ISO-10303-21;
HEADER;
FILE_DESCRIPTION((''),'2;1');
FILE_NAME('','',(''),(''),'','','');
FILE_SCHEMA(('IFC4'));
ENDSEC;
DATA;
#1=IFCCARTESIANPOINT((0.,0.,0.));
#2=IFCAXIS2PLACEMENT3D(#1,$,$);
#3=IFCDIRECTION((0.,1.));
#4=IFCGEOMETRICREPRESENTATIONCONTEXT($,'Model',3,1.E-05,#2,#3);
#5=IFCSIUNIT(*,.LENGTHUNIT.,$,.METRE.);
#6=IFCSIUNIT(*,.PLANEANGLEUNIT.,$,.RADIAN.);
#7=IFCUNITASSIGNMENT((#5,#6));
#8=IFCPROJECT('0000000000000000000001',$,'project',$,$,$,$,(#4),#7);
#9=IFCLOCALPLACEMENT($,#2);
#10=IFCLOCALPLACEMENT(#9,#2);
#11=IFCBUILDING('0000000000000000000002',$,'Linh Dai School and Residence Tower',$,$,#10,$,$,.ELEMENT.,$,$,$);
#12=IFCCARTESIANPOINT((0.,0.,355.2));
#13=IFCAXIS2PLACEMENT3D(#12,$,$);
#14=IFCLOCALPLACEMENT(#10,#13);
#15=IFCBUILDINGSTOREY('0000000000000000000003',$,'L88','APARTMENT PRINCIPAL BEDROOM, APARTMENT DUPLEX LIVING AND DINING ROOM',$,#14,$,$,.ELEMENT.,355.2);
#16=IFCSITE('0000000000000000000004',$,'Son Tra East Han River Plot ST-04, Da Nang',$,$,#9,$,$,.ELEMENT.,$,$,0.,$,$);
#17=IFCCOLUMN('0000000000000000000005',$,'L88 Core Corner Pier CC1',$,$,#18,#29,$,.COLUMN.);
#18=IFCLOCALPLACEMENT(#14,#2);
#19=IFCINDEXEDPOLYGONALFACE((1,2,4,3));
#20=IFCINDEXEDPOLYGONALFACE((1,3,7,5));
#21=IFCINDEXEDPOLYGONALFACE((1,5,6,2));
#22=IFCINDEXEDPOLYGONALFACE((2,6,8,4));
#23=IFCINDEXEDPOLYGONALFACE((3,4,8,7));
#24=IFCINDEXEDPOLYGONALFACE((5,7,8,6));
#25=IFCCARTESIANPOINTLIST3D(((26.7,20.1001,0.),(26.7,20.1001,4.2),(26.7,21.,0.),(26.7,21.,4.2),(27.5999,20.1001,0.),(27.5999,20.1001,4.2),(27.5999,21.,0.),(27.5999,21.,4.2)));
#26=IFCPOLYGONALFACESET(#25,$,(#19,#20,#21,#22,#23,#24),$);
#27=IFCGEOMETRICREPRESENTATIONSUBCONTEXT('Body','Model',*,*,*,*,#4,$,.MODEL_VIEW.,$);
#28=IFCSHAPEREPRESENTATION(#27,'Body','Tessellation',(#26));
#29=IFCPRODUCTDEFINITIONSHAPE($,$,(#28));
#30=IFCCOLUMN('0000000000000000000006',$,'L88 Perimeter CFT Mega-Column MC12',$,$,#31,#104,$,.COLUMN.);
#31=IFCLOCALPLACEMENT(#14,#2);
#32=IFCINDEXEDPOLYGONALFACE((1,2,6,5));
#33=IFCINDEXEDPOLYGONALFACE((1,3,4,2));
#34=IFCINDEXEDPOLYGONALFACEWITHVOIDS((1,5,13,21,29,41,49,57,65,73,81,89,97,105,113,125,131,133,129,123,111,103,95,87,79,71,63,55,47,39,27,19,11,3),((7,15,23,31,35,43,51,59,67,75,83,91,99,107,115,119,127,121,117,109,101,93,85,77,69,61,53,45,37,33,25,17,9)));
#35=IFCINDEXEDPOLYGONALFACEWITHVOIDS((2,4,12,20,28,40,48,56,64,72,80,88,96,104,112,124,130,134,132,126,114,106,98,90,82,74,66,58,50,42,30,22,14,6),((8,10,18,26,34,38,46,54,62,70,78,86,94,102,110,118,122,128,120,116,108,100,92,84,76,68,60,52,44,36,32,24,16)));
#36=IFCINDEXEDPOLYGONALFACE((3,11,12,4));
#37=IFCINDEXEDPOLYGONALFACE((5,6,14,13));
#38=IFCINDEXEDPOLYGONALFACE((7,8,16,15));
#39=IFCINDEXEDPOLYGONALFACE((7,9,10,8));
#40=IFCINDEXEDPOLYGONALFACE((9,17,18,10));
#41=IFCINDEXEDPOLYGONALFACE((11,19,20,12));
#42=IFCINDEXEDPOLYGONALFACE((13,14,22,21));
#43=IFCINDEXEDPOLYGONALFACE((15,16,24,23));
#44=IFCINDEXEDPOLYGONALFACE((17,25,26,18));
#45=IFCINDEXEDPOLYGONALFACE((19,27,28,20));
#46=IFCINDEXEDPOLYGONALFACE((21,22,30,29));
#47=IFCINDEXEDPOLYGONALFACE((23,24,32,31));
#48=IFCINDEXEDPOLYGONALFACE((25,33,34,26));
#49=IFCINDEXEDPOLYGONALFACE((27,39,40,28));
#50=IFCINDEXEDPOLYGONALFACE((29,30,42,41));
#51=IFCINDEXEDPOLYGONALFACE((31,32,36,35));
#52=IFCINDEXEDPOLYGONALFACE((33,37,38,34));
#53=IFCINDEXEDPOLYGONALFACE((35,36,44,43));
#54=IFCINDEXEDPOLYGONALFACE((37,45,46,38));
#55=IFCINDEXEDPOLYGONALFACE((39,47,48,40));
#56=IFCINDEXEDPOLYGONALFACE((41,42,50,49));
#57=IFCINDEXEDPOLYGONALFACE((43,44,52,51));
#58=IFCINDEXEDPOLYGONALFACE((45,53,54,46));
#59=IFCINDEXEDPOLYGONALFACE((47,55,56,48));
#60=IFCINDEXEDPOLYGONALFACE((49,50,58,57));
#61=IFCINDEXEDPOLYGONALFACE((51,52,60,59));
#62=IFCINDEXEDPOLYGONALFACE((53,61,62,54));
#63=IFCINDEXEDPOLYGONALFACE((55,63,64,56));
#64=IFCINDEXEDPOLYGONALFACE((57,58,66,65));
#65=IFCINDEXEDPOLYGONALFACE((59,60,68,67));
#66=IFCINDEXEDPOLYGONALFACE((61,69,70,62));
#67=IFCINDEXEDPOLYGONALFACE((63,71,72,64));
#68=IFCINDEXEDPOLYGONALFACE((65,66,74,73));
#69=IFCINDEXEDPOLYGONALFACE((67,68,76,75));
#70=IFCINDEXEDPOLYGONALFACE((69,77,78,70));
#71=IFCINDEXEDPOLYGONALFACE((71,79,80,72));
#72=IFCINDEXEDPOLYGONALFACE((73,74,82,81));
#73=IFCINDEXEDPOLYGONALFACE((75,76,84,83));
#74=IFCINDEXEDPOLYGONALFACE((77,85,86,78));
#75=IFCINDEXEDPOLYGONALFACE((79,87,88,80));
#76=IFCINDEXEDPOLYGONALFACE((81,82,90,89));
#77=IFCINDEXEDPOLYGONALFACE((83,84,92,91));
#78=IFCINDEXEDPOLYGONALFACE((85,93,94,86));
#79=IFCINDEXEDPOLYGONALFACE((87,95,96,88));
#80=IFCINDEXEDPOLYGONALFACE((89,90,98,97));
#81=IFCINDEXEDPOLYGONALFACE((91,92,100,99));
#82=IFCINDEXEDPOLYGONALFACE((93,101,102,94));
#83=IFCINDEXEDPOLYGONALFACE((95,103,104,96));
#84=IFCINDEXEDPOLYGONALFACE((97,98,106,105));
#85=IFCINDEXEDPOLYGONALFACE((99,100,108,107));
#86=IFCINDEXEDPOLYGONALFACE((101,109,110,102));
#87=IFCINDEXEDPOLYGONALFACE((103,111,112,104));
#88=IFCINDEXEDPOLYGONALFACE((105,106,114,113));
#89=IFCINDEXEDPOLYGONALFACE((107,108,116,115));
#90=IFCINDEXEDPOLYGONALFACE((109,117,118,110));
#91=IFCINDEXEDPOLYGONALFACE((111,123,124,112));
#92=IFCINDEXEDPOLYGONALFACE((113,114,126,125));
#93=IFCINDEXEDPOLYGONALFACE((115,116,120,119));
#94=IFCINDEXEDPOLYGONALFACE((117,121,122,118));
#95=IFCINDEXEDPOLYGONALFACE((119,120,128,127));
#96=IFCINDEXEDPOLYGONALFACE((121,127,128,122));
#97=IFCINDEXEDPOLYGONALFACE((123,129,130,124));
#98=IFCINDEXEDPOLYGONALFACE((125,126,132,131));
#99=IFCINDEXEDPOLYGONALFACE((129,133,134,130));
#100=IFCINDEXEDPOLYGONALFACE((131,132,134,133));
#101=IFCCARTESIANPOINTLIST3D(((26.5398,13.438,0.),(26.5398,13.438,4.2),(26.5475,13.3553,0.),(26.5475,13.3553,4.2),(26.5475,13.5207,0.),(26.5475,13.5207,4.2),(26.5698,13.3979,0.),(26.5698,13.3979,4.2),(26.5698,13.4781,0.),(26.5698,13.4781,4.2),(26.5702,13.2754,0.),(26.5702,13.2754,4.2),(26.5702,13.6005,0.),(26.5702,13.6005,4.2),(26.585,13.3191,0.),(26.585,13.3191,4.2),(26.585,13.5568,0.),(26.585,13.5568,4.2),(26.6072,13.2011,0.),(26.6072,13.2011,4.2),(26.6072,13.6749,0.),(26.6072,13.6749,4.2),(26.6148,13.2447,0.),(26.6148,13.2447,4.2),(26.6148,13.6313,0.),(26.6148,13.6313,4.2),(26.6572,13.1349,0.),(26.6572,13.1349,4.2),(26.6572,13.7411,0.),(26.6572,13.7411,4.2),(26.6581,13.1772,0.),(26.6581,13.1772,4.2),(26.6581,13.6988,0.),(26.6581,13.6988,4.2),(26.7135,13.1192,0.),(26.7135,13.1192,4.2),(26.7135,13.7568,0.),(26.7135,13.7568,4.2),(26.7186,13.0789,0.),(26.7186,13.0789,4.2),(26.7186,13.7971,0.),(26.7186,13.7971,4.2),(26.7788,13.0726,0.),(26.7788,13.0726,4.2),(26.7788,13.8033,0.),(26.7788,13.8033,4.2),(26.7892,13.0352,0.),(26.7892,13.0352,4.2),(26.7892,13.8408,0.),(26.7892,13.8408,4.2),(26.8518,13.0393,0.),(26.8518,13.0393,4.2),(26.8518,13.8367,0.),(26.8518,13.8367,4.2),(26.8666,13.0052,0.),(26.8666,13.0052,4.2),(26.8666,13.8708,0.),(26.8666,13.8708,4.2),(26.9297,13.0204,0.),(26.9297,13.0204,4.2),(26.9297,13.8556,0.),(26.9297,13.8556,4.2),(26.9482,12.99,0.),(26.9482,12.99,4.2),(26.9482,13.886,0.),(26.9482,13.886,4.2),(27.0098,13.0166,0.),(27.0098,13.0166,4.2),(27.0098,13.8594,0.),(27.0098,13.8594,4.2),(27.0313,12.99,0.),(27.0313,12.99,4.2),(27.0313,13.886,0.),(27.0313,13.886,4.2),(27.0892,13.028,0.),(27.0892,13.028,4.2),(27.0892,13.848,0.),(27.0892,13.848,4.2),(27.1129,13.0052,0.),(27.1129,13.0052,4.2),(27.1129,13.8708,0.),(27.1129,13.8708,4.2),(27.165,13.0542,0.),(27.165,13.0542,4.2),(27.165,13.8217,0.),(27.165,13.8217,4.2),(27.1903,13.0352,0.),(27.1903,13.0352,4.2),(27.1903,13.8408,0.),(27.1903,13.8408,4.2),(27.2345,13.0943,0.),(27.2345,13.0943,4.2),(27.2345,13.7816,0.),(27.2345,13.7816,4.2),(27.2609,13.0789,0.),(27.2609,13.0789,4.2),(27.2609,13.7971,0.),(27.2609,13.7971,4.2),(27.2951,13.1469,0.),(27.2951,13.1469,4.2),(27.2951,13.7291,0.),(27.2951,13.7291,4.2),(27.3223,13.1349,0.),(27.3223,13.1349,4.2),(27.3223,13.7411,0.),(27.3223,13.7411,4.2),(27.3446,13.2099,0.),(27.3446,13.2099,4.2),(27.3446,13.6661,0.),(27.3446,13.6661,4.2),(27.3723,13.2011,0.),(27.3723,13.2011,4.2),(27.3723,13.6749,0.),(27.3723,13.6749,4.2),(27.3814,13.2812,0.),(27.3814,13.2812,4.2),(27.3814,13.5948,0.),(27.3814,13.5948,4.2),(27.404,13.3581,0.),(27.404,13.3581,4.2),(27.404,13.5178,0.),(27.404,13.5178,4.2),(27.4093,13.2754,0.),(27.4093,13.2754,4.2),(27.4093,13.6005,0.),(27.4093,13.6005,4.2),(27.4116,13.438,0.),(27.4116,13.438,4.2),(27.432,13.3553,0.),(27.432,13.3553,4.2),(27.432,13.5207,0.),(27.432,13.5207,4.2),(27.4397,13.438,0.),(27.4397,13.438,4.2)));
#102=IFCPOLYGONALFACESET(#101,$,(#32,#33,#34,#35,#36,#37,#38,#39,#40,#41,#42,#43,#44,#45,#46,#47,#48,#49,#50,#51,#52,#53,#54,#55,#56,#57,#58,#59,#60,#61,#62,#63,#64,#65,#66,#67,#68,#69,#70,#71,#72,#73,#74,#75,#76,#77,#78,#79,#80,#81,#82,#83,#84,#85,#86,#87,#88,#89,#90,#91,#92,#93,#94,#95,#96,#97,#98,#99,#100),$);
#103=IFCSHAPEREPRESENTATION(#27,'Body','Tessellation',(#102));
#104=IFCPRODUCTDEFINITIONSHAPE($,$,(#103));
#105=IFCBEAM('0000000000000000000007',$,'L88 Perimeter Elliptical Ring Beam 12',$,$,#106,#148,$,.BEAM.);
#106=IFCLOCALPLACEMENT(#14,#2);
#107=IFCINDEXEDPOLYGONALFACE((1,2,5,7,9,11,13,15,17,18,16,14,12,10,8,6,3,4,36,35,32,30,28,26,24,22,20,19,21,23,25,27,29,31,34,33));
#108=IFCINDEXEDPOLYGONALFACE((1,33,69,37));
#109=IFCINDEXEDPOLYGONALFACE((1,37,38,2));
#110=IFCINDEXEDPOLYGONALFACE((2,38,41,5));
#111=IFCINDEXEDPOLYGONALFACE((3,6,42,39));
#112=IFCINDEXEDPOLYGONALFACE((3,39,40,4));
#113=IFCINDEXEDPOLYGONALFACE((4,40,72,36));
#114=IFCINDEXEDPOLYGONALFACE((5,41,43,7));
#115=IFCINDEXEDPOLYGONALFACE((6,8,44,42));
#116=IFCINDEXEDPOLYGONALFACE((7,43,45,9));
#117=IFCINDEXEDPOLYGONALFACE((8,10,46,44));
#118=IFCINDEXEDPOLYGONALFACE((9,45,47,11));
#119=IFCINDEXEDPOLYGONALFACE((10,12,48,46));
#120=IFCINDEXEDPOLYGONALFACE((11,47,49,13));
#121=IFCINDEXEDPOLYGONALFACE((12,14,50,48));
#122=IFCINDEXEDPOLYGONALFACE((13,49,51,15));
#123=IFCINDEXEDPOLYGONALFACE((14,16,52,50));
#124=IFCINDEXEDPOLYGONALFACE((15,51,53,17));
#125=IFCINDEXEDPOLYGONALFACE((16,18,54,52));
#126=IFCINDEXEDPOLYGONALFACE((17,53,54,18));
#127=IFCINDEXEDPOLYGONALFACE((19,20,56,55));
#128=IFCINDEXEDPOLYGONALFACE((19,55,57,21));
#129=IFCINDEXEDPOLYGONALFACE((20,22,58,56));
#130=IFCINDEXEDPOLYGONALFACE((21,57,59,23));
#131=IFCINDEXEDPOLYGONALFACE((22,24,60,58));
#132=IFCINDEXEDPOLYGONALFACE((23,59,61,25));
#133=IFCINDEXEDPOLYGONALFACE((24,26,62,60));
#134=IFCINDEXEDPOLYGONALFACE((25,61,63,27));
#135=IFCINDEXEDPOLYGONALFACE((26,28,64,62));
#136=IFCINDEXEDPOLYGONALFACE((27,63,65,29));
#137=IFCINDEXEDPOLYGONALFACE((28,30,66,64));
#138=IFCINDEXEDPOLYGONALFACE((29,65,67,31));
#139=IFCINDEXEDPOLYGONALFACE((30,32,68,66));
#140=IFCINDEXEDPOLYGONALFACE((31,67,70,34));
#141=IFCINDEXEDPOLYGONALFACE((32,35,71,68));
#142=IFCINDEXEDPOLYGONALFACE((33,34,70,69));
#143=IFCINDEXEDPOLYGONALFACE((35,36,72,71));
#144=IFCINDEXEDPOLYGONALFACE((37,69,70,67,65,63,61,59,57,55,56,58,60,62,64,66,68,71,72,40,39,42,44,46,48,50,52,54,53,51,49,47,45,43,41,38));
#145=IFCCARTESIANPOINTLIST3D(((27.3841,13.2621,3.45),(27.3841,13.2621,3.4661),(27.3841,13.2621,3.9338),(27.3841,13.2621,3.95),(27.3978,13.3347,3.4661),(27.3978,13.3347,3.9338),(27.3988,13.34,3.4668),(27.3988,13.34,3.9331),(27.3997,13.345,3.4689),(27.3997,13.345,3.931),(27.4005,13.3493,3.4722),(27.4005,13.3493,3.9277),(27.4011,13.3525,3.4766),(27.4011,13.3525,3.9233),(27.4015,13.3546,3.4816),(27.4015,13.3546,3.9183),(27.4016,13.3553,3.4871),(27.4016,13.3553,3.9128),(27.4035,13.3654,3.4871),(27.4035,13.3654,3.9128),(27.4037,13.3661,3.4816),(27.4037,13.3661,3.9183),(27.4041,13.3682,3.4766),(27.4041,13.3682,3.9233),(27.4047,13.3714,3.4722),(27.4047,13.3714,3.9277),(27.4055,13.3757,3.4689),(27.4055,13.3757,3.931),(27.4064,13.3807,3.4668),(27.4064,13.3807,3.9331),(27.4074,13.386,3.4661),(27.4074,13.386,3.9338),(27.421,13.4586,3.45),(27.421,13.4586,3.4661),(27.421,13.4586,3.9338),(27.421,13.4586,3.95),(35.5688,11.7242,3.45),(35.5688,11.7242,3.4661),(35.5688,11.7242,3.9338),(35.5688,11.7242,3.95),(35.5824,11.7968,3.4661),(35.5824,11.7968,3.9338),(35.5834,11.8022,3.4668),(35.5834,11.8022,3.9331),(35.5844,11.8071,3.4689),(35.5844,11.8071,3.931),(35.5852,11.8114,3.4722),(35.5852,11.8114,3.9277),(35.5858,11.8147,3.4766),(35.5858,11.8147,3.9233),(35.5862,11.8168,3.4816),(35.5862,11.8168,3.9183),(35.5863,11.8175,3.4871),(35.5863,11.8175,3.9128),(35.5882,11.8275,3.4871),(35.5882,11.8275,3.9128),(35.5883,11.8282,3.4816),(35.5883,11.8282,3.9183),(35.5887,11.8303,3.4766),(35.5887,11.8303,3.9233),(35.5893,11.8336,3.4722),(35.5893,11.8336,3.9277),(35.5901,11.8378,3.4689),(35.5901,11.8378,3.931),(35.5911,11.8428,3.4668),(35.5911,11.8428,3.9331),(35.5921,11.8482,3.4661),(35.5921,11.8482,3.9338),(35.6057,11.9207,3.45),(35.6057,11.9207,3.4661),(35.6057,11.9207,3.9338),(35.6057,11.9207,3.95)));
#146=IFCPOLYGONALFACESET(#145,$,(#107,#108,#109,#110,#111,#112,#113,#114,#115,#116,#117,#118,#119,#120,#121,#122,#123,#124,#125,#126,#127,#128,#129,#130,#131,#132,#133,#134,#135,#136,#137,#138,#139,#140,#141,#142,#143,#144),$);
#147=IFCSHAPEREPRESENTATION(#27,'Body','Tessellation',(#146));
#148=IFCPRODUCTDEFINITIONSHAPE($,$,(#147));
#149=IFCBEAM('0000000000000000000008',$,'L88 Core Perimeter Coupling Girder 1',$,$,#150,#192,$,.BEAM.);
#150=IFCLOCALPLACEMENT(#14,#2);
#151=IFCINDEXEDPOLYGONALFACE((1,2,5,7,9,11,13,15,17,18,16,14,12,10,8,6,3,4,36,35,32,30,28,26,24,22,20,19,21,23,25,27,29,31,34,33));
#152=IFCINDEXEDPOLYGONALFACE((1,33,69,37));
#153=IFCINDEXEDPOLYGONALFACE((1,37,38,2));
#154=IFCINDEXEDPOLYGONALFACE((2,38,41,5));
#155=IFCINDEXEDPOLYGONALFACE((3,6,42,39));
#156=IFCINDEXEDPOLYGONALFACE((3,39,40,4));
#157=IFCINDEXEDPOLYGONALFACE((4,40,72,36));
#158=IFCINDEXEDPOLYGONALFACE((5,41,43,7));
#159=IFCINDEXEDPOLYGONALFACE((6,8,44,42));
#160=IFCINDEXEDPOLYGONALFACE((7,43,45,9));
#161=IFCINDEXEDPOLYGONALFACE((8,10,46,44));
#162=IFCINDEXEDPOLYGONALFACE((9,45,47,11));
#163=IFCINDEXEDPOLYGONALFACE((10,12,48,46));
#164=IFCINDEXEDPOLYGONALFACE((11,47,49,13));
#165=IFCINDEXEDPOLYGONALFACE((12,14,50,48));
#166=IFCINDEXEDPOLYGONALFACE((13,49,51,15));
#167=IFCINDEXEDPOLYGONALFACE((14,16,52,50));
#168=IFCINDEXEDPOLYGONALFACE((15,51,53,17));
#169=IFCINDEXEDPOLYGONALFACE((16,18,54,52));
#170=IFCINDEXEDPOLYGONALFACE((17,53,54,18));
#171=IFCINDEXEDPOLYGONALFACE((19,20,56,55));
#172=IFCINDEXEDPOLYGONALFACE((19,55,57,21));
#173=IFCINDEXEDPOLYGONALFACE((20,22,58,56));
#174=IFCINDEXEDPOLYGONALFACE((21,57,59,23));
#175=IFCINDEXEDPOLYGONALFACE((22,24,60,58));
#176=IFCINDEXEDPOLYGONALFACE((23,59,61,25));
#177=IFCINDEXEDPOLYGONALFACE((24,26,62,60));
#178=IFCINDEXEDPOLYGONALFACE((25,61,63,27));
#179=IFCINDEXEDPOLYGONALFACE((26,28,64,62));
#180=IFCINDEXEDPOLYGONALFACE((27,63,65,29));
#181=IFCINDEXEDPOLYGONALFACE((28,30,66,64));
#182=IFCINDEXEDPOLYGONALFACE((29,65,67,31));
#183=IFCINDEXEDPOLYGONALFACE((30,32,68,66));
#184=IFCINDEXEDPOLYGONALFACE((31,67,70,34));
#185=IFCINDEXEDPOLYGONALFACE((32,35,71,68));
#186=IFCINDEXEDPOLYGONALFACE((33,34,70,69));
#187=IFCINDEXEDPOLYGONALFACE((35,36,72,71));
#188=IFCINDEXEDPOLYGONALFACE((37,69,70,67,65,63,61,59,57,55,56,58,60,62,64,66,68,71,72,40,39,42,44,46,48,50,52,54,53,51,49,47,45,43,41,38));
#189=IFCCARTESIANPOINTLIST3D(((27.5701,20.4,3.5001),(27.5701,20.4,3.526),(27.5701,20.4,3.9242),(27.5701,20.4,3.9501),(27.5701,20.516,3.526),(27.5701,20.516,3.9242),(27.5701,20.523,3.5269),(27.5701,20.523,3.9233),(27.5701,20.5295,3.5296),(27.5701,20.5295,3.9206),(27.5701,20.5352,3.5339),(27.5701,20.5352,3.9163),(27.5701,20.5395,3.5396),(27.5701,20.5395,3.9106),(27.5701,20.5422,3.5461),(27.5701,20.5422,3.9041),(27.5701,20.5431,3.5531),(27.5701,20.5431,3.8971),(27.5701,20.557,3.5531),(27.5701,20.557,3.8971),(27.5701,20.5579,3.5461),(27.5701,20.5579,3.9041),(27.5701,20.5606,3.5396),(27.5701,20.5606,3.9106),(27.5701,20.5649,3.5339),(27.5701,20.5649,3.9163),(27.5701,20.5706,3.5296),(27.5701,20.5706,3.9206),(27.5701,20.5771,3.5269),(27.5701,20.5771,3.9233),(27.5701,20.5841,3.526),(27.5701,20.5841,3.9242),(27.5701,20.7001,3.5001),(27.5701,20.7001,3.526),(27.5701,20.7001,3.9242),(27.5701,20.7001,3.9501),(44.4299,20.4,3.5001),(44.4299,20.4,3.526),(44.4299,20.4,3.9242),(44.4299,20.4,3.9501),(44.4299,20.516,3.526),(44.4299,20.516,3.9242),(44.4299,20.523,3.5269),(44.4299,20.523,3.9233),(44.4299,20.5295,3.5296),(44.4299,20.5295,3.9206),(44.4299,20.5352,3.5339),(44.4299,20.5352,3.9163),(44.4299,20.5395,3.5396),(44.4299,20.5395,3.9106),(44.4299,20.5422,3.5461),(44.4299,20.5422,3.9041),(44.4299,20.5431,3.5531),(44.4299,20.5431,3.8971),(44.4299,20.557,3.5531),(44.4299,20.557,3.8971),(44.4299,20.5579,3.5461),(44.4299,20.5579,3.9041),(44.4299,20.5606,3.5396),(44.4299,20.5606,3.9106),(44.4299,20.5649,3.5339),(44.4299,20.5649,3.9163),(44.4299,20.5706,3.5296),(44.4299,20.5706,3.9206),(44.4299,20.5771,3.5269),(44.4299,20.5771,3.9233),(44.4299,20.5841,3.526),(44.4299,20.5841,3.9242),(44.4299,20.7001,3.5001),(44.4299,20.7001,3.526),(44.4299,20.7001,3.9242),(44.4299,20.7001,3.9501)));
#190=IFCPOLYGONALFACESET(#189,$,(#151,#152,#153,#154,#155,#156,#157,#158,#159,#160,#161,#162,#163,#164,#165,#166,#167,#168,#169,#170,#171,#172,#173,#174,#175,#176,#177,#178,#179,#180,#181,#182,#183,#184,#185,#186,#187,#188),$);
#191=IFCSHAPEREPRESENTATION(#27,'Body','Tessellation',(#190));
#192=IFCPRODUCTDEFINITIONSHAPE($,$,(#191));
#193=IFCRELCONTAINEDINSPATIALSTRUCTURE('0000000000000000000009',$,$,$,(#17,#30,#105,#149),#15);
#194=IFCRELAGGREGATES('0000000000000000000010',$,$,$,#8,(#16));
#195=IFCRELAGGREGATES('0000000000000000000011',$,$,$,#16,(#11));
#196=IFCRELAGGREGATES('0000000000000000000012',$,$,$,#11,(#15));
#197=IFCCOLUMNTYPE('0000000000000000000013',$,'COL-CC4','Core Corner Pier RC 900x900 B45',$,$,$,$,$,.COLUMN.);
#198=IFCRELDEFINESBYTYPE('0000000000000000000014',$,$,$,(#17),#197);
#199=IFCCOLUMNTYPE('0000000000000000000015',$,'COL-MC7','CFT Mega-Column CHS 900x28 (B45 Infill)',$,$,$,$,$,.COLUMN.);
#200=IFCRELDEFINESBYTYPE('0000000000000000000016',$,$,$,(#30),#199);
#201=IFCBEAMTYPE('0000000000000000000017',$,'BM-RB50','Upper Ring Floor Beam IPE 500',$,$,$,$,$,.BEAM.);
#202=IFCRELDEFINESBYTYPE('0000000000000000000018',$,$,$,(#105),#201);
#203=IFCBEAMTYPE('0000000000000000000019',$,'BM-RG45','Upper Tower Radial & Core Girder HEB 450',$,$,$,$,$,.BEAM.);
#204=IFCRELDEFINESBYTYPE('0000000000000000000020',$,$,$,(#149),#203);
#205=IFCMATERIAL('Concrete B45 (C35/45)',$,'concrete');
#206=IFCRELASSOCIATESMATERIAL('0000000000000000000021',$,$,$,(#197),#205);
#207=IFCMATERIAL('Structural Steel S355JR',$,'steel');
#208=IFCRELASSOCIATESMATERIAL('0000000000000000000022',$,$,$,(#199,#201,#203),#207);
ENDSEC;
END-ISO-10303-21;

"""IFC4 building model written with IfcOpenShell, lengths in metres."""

from ifc_helpers import new_model, si_unit, direction, frame, origin, origin_2d, place, context, subcontext, project, spatial, rectangle, hollow_circle, i_section, extrude, material, material_profile, profile_set, type_object, element, save


model = new_model("IFC4")

# Units and contexts
model_context = context("Model", 3, precision=1e-05, world=origin(), true_north=direction((0.0, 1.0)))
body_context = subcontext(model_context, "Body", "Model", "MODEL_VIEW")
ifc_project = project(units=[si_unit("LENGTHUNIT", "METRE"), si_unit("PLANEANGLEUNIT", "RADIAN")], contexts=[model_context])

# Site, building, storey
site_placement = place(None, origin())
site = spatial("IfcSite", under=ifc_project, at=site_placement, Name="Son Tra East Han River Plot ST-04, Da Nang", CompositionType="ELEMENT", RefElevation=0.0)
building_placement = place(site_placement, origin())
building = spatial("IfcBuilding", under=site, at=building_placement, Name="Linh Dai School and Residence Tower", CompositionType="ELEMENT")
storey_placement = place(building_placement, frame((0.0, 0.0, 355.2)))
storey = spatial("IfcBuildingStorey", under=building, at=storey_placement, Name="L88", Description="APARTMENT PRINCIPAL BEDROOM, APARTMENT DUPLEX LIVING AND DINING ROOM", CompositionType="ELEMENT", Elevation=355.2)

# Columns
ifc_material_1 = material(Name="Concrete B45 (C35/45)", Category="concrete")
ifc_material_profile_1 = material_profile(ifc_material_1, rectangle(XDim=0.8999, YDim=0.8999, at=origin_2d()), Name="RC 900x900")
ifc_profile_set_1 = profile_set([ifc_material_profile_1], Name="Concrete B45 (C35/45)")
column_type_1 = type_object("IfcColumnType", Name="COL-CC4", Description="Core Corner Pier RC 900x900 B45", PredefinedType="COLUMN", material=ifc_profile_set_1)
column_1_placement = place(storey_placement, frame((27.1499, 20.55, 0.0), z_axis=(0.0, 0.0, 1.0), x_axis=(1.0, 0.0, 0.0)))
element("IfcColumn", 1, at=column_1_placement, inside=storey, type_object=column_type_1, Name="L88 Core Corner Pier CC1", PredefinedType="COLUMN", context=body_context, shape_type="SweptSolid", body=[
    extrude(rectangle(XDim=0.8999, YDim=0.8999, at=origin_2d()), origin(), (0.0, 0.0, 1.0), 4.2),
])
ifc_material_2 = material(Name="Structural Steel S355JR", Category="steel")
ifc_material_profile_2 = material_profile(ifc_material_2, hollow_circle(Radius=0.45, WallThickness=0.0281, at=origin_2d()), Name="CHS 900x28")
ifc_profile_set_2 = profile_set([ifc_material_profile_2], Name="Structural Steel S355JR")
column_type_2 = type_object("IfcColumnType", Name="COL-MC7", Description="CFT Mega-Column CHS 900x28 (B45 Infill)", PredefinedType="COLUMN", material=ifc_profile_set_2)
column_2_placement = place(storey_placement, frame((26.9897, 13.438, 0.0), z_axis=(0.0, 0.0, 1.0), x_axis=(1.0, 0.0, 0.0)))
element("IfcColumn", 2, at=column_2_placement, inside=storey, type_object=column_type_2, Name="L88 Perimeter CFT Mega-Column MC12", PredefinedType="COLUMN", context=body_context, shape_type="SweptSolid", body=[
    extrude(hollow_circle(Radius=0.45, WallThickness=0.0281, at=origin_2d()), origin(), (0.0, 0.0, 1.0), 4.2),
])

# Beams
ifc_material_profile_3 = material_profile(ifc_material_2, i_section(OverallWidth=0.2, OverallDepth=0.5, WebThickness=0.0103, FlangeThickness=0.0161, FilletRadius=0.021, at=origin_2d()), Name="IPE 500")
ifc_profile_set_3 = profile_set([ifc_material_profile_3], Name="Structural Steel S355JR")
beam_type_1 = type_object("IfcBeamType", Name="BM-RB50", Description="Upper Ring Floor Beam IPE 500", PredefinedType="BEAM", material=ifc_profile_set_3)
beam_1_placement = place(storey_placement, frame((27.4026, 13.3604, 3.7), z_axis=(0.982802, -0.184664, 0.0), x_axis=(0.184664, 0.982802, 0.0)))
element("IfcBeam", 3, at=beam_1_placement, inside=storey, type_object=beam_type_1, Name="L88 Perimeter Elliptical Ring Beam 12", PredefinedType="BEAM", context=body_context, shape_type="SweptSolid", body=[
    extrude(i_section(OverallWidth=0.2, OverallDepth=0.5, WebThickness=0.0103, FlangeThickness=0.0161, FilletRadius=0.021, at=origin_2d()), origin(), (0.0, 0.0, 1.0), 8.3279),
])
ifc_material_profile_4 = material_profile(ifc_material_2, i_section(OverallWidth=0.3, OverallDepth=0.45, WebThickness=0.0139, FlangeThickness=0.0259, FilletRadius=0.0271, at=origin_2d()), Name="HEB 450")
ifc_profile_set_4 = profile_set([ifc_material_profile_4], Name="Structural Steel S355JR")
beam_type_2 = type_object("IfcBeamType", Name="BM-RG45", Description="Upper Tower Radial & Core Girder HEB 450", PredefinedType="BEAM", material=ifc_profile_set_4)
beam_2_placement = place(storey_placement, frame((27.5701, 20.55, 3.7251), z_axis=(1.0, 0.0, 0.0), x_axis=(0.0, 1.0, 0.0)))
element("IfcBeam", 4, at=beam_2_placement, inside=storey, type_object=beam_type_2, Name="L88 Core Perimeter Coupling Girder 1", PredefinedType="BEAM", context=body_context, shape_type="SweptSolid", body=[
    extrude(i_section(OverallWidth=0.3, OverallDepth=0.45, WebThickness=0.0139, FlangeThickness=0.0259, FilletRadius=0.0271, at=origin_2d()), origin(), (0.0, 0.0, 1.0), 16.8599),
])

save(model, "model.ifc")
